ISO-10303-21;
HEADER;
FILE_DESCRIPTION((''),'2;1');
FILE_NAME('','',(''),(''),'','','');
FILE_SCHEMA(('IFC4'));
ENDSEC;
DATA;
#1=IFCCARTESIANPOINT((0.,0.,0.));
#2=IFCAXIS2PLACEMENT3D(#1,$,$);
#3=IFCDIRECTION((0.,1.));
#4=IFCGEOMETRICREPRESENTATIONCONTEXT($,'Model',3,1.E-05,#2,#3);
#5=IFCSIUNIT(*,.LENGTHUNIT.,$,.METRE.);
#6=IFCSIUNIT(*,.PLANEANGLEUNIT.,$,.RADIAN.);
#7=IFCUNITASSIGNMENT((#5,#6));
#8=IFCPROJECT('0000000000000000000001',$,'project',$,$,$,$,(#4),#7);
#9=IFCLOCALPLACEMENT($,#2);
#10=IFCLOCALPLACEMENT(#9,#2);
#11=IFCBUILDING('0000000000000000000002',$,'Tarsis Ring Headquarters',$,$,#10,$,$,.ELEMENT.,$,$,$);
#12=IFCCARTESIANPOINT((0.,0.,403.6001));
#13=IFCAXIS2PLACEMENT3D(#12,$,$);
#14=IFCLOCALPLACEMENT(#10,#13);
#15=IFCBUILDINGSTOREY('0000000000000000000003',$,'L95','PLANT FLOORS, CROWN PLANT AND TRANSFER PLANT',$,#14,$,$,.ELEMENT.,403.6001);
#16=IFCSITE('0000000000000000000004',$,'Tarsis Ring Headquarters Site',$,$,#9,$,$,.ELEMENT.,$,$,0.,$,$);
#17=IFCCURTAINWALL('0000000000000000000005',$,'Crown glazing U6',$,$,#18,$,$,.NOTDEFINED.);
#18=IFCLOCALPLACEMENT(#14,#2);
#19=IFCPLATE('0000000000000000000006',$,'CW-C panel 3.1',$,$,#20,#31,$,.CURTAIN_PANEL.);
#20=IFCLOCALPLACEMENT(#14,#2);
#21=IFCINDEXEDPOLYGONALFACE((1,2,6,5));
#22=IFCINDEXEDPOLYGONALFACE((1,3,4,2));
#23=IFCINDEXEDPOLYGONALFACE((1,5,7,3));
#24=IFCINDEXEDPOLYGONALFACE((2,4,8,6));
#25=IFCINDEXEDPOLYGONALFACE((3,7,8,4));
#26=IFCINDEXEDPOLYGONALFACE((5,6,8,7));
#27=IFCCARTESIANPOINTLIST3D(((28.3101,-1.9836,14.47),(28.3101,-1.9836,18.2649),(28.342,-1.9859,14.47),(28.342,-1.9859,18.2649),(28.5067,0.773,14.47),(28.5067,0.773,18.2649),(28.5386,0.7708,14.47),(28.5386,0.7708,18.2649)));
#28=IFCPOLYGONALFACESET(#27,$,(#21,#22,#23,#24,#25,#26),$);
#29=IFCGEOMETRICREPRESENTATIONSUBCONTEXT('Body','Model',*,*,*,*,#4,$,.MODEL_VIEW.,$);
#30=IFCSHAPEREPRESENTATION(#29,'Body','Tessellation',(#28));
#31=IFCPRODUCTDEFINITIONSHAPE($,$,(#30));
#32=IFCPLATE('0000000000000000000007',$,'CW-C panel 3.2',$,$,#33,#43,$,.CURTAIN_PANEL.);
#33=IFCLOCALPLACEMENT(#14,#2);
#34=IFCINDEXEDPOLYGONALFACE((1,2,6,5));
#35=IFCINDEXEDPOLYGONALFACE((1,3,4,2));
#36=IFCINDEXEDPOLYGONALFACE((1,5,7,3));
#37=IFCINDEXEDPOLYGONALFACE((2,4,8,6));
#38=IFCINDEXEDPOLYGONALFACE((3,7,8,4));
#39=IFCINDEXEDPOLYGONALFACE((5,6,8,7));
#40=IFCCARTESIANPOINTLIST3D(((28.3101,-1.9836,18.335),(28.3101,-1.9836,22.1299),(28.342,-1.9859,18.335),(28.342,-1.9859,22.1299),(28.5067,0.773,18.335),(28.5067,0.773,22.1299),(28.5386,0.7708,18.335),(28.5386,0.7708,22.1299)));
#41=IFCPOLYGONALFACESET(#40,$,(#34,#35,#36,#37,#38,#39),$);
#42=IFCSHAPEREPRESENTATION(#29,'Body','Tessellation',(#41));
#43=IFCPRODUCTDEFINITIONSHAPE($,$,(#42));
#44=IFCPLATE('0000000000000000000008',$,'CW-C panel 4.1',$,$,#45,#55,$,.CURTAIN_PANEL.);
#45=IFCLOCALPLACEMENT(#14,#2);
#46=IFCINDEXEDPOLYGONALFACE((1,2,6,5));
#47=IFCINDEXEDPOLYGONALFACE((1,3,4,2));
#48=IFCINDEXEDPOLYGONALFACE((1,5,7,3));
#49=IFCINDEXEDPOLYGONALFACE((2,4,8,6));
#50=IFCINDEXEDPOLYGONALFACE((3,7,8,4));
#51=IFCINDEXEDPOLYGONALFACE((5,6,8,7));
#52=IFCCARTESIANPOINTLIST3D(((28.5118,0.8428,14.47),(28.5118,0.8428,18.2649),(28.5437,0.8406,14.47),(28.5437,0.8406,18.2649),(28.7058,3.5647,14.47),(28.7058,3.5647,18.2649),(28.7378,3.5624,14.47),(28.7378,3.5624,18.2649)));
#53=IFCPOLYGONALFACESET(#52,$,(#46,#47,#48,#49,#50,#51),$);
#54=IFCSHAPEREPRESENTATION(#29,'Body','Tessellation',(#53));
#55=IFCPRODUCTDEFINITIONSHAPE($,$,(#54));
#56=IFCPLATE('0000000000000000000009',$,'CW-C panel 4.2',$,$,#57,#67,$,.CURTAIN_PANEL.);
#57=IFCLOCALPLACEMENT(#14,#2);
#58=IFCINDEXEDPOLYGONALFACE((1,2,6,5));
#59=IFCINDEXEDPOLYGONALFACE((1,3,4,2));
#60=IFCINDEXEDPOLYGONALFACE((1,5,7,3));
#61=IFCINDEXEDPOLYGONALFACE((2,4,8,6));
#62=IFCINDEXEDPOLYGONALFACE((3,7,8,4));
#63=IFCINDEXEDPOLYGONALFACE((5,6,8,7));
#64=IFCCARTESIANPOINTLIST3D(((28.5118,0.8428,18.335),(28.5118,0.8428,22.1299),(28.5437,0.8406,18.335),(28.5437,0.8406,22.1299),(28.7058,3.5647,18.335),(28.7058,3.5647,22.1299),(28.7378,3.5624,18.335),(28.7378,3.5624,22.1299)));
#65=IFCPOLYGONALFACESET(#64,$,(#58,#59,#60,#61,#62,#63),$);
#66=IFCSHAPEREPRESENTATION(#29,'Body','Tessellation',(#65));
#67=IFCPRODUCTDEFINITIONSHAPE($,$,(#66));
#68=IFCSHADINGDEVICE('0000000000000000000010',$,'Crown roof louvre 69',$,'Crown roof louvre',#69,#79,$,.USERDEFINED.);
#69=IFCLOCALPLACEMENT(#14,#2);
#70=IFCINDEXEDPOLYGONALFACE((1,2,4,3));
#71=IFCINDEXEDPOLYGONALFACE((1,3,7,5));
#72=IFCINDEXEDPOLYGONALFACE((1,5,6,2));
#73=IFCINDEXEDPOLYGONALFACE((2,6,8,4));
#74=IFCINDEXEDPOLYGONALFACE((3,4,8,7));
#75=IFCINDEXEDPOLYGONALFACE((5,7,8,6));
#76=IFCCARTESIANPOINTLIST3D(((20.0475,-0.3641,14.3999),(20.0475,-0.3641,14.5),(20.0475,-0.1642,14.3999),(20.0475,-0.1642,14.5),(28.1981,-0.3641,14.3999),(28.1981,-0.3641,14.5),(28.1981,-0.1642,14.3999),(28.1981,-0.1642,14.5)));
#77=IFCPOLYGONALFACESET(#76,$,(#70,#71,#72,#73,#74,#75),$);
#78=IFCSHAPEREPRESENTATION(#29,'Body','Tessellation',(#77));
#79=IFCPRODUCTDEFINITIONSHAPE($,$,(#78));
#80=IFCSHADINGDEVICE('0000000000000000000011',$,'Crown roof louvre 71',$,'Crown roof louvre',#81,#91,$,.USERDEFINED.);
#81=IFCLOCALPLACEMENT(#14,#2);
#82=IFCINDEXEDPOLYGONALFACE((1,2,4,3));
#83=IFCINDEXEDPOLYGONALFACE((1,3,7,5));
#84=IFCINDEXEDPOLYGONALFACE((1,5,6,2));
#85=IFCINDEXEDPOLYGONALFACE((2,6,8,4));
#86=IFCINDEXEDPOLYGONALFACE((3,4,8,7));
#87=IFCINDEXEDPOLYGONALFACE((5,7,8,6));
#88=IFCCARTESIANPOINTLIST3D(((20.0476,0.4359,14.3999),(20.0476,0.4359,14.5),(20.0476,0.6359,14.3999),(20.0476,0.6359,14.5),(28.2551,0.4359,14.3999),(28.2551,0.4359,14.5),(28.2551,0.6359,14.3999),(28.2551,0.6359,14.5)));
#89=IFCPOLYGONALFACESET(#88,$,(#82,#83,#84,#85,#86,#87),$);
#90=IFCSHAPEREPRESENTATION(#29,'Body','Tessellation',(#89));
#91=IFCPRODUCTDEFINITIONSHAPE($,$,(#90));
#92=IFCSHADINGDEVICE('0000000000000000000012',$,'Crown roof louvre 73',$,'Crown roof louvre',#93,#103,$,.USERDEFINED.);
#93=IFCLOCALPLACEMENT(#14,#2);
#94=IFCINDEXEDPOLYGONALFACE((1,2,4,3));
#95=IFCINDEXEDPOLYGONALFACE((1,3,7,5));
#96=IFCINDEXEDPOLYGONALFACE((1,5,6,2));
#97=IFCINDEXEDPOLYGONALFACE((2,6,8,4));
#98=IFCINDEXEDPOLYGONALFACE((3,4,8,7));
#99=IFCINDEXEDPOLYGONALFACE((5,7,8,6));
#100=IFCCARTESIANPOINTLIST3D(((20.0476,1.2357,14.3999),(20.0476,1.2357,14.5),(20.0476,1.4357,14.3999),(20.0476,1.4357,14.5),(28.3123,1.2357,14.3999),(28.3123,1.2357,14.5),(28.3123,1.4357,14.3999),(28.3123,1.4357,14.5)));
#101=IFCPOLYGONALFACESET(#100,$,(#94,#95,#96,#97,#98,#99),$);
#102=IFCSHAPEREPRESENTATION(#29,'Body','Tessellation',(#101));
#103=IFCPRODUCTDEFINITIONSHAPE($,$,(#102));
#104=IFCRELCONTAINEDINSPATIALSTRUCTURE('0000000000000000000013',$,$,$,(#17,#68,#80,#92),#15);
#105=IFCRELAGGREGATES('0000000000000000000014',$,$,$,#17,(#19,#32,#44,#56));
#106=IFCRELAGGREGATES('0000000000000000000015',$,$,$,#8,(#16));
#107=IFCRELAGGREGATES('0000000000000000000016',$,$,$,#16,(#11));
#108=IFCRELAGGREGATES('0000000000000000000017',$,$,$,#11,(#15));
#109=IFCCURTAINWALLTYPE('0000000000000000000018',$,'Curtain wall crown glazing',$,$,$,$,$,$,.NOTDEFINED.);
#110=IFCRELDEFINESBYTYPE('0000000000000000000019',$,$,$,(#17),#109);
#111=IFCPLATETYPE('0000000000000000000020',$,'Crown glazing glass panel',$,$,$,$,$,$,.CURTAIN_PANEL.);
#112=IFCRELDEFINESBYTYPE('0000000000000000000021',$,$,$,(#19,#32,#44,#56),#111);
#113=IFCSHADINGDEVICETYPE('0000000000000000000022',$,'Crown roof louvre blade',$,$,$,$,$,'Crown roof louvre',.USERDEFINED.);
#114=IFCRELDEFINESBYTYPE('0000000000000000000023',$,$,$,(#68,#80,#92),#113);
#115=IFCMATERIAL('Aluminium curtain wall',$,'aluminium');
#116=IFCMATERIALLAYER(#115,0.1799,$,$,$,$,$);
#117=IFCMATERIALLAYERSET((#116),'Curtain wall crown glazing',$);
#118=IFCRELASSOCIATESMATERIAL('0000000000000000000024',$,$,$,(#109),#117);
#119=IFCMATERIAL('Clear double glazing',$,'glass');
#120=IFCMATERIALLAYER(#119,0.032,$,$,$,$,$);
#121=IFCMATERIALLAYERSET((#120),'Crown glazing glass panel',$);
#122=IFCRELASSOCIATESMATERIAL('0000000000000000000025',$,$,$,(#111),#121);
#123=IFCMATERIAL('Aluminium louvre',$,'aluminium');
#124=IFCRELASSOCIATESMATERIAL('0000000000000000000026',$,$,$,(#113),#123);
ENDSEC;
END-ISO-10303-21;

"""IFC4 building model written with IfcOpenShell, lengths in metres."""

from ifc_helpers import new_model, si_unit, direction, frame, origin, origin_2d, place, context, subcontext, project, spatial, rectangle, extrude, material, layer, layer_set, type_object, element, aggregate, save


model = new_model("IFC4")

# Units and contexts
model_context = context("Model", 3, precision=1e-05, world=origin(), true_north=direction((0.0, 1.0)))
body_context = subcontext(model_context, "Body", "Model", "MODEL_VIEW")
ifc_project = project(units=[si_unit("LENGTHUNIT", "METRE"), si_unit("PLANEANGLEUNIT", "RADIAN")], contexts=[model_context])

# Site, building, storey
site_placement = place(None, origin())
site = spatial("IfcSite", under=ifc_project, at=site_placement, Name="Tarsis Ring Headquarters Site", CompositionType="ELEMENT", RefElevation=0.0)
building_placement = place(site_placement, origin())
building = spatial("IfcBuilding", under=site, at=building_placement, Name="Tarsis Ring Headquarters", CompositionType="ELEMENT")
storey_placement = place(building_placement, frame((0.0, 0.0, 403.6001)))
storey = spatial("IfcBuildingStorey", under=building, at=storey_placement, Name="L95", Description="PLANT FLOORS, CROWN PLANT AND TRANSFER PLANT", CompositionType="ELEMENT", Elevation=403.6001)

# Curtain wall
ifc_material_1 = material(Name="Aluminium curtain wall", Category="aluminium")
ifc_layer_1 = layer(ifc_material_1, 0.1799)
ifc_layer_set_1 = layer_set([ifc_layer_1], Name="Curtain wall crown glazing")
curtain_wall_type = type_object("IfcCurtainWallType", Name="Curtain wall crown glazing", PredefinedType="NOTDEFINED", material=ifc_layer_set_1)
curtain_wall_1_placement = place(storey_placement, origin())
curtain_wall_1 = element("IfcCurtainWall", 1, at=curtain_wall_1_placement, inside=storey, type_object=curtain_wall_type, Name="Crown glazing U6", PredefinedType="NOTDEFINED")

# Plates
ifc_material_2 = material(Name="Clear double glazing", Category="glass")
ifc_layer_2 = layer(ifc_material_2, 0.032)
ifc_layer_set_2 = layer_set([ifc_layer_2], Name="Crown glazing glass panel")
plate_type = type_object("IfcPlateType", Name="Crown glazing glass panel", PredefinedType="CURTAIN_PANEL", material=ifc_layer_set_2)
plate_1_placement = place(storey_placement, frame((28.4243, -0.6064, 14.47), z_axis=(0.0, 0.0, 1.0), x_axis=(0.071127, 0.997467, 0.0)))
plate_1 = element("IfcPlate", 2, at=plate_1_placement, type_object=plate_type, Name="CW-C panel 3.1", PredefinedType="CURTAIN_PANEL", context=body_context, shape_type="SweptSolid", body=[
    extrude(rectangle(XDim=2.7637, YDim=0.032, at=origin_2d()), origin(), (0.0, 0.0, 1.0), 3.7949),
])
plate_2_placement = place(storey_placement, frame((28.4243, -0.6064, 18.335), z_axis=(0.0, 0.0, 1.0), x_axis=(0.071127, 0.997467, 0.0)))
plate_2 = element("IfcPlate", 3, at=plate_2_placement, type_object=plate_type, Name="CW-C panel 3.2", PredefinedType="CURTAIN_PANEL", context=body_context, shape_type="SweptSolid", body=[
    extrude(rectangle(XDim=2.7637, YDim=0.032, at=origin_2d()), origin(), (0.0, 0.0, 1.0), 3.7949),
])
plate_3_placement = place(storey_placement, frame((28.6248, 2.2026, 14.47), z_axis=(0.0, 0.0, 1.0), x_axis=(0.071127, 0.997467, 0.0)))
plate_3 = element("IfcPlate", 4, at=plate_3_placement, type_object=plate_type, Name="CW-C panel 4.1", PredefinedType="CURTAIN_PANEL", context=body_context, shape_type="SweptSolid", body=[
    extrude(rectangle(XDim=2.7288, YDim=0.032, at=origin_2d()), origin(), (0.0, 0.0, 1.0), 3.7949),
])
plate_4_placement = place(storey_placement, frame((28.6248, 2.2026, 18.335), z_axis=(0.0, 0.0, 1.0), x_axis=(0.071127, 0.997467, 0.0)))
plate_4 = element("IfcPlate", 5, at=plate_4_placement, type_object=plate_type, Name="CW-C panel 4.2", PredefinedType="CURTAIN_PANEL", context=body_context, shape_type="SweptSolid", body=[
    extrude(rectangle(XDim=2.7288, YDim=0.032, at=origin_2d()), origin(), (0.0, 0.0, 1.0), 3.7949),
])
aggregate(curtain_wall_1, [plate_1, plate_2, plate_3, plate_4])

# Shading devices
ifc_material_3 = material(Name="Aluminium louvre", Category="aluminium")
shading_device_type = type_object("IfcShadingDeviceType", Name="Crown roof louvre blade", ElementType="Crown roof louvre", PredefinedType="USERDEFINED", material=ifc_material_3)
shading_device_1_placement = place(storey_placement, frame((24.1228, -0.2642, 14.3999), z_axis=(0.0, 0.0, 1.0), x_axis=(1.0, 0.0, 0.0)))
element("IfcShadingDevice", 6, at=shading_device_1_placement, inside=storey, type_object=shading_device_type, Name="Crown roof louvre 69", ObjectType="Crown roof louvre", PredefinedType="USERDEFINED", context=body_context, shape_type="SweptSolid", body=[
    extrude(rectangle(XDim=8.1506, YDim=0.2, at=origin_2d()), origin(), (0.0, 0.0, 1.0), 0.1001),
])
shading_device_2_placement = place(storey_placement, frame((24.1514, 0.5359, 14.3999), z_axis=(0.0, 0.0, 1.0), x_axis=(1.0, 0.0, 0.0)))
element("IfcShadingDevice", 7, at=shading_device_2_placement, inside=storey, type_object=shading_device_type, Name="Crown roof louvre 71", ObjectType="Crown roof louvre", PredefinedType="USERDEFINED", context=body_context, shape_type="SweptSolid", body=[
    extrude(rectangle(XDim=8.2075, YDim=0.2, at=origin_2d()), origin(), (0.0, 0.0, 1.0), 0.1001),
])
shading_device_3_placement = place(storey_placement, frame((24.1799, 1.3357, 14.3999), z_axis=(0.0, 0.0, 1.0), x_axis=(1.0, 0.0, 0.0)))
element("IfcShadingDevice", 8, at=shading_device_3_placement, inside=storey, type_object=shading_device_type, Name="Crown roof louvre 73", ObjectType="Crown roof louvre", PredefinedType="USERDEFINED", context=body_context, shape_type="SweptSolid", body=[
    extrude(rectangle(XDim=8.2646, YDim=0.2, at=origin_2d()), origin(), (0.0, 0.0, 1.0), 0.1001),
])

save(model, "model.ifc")
